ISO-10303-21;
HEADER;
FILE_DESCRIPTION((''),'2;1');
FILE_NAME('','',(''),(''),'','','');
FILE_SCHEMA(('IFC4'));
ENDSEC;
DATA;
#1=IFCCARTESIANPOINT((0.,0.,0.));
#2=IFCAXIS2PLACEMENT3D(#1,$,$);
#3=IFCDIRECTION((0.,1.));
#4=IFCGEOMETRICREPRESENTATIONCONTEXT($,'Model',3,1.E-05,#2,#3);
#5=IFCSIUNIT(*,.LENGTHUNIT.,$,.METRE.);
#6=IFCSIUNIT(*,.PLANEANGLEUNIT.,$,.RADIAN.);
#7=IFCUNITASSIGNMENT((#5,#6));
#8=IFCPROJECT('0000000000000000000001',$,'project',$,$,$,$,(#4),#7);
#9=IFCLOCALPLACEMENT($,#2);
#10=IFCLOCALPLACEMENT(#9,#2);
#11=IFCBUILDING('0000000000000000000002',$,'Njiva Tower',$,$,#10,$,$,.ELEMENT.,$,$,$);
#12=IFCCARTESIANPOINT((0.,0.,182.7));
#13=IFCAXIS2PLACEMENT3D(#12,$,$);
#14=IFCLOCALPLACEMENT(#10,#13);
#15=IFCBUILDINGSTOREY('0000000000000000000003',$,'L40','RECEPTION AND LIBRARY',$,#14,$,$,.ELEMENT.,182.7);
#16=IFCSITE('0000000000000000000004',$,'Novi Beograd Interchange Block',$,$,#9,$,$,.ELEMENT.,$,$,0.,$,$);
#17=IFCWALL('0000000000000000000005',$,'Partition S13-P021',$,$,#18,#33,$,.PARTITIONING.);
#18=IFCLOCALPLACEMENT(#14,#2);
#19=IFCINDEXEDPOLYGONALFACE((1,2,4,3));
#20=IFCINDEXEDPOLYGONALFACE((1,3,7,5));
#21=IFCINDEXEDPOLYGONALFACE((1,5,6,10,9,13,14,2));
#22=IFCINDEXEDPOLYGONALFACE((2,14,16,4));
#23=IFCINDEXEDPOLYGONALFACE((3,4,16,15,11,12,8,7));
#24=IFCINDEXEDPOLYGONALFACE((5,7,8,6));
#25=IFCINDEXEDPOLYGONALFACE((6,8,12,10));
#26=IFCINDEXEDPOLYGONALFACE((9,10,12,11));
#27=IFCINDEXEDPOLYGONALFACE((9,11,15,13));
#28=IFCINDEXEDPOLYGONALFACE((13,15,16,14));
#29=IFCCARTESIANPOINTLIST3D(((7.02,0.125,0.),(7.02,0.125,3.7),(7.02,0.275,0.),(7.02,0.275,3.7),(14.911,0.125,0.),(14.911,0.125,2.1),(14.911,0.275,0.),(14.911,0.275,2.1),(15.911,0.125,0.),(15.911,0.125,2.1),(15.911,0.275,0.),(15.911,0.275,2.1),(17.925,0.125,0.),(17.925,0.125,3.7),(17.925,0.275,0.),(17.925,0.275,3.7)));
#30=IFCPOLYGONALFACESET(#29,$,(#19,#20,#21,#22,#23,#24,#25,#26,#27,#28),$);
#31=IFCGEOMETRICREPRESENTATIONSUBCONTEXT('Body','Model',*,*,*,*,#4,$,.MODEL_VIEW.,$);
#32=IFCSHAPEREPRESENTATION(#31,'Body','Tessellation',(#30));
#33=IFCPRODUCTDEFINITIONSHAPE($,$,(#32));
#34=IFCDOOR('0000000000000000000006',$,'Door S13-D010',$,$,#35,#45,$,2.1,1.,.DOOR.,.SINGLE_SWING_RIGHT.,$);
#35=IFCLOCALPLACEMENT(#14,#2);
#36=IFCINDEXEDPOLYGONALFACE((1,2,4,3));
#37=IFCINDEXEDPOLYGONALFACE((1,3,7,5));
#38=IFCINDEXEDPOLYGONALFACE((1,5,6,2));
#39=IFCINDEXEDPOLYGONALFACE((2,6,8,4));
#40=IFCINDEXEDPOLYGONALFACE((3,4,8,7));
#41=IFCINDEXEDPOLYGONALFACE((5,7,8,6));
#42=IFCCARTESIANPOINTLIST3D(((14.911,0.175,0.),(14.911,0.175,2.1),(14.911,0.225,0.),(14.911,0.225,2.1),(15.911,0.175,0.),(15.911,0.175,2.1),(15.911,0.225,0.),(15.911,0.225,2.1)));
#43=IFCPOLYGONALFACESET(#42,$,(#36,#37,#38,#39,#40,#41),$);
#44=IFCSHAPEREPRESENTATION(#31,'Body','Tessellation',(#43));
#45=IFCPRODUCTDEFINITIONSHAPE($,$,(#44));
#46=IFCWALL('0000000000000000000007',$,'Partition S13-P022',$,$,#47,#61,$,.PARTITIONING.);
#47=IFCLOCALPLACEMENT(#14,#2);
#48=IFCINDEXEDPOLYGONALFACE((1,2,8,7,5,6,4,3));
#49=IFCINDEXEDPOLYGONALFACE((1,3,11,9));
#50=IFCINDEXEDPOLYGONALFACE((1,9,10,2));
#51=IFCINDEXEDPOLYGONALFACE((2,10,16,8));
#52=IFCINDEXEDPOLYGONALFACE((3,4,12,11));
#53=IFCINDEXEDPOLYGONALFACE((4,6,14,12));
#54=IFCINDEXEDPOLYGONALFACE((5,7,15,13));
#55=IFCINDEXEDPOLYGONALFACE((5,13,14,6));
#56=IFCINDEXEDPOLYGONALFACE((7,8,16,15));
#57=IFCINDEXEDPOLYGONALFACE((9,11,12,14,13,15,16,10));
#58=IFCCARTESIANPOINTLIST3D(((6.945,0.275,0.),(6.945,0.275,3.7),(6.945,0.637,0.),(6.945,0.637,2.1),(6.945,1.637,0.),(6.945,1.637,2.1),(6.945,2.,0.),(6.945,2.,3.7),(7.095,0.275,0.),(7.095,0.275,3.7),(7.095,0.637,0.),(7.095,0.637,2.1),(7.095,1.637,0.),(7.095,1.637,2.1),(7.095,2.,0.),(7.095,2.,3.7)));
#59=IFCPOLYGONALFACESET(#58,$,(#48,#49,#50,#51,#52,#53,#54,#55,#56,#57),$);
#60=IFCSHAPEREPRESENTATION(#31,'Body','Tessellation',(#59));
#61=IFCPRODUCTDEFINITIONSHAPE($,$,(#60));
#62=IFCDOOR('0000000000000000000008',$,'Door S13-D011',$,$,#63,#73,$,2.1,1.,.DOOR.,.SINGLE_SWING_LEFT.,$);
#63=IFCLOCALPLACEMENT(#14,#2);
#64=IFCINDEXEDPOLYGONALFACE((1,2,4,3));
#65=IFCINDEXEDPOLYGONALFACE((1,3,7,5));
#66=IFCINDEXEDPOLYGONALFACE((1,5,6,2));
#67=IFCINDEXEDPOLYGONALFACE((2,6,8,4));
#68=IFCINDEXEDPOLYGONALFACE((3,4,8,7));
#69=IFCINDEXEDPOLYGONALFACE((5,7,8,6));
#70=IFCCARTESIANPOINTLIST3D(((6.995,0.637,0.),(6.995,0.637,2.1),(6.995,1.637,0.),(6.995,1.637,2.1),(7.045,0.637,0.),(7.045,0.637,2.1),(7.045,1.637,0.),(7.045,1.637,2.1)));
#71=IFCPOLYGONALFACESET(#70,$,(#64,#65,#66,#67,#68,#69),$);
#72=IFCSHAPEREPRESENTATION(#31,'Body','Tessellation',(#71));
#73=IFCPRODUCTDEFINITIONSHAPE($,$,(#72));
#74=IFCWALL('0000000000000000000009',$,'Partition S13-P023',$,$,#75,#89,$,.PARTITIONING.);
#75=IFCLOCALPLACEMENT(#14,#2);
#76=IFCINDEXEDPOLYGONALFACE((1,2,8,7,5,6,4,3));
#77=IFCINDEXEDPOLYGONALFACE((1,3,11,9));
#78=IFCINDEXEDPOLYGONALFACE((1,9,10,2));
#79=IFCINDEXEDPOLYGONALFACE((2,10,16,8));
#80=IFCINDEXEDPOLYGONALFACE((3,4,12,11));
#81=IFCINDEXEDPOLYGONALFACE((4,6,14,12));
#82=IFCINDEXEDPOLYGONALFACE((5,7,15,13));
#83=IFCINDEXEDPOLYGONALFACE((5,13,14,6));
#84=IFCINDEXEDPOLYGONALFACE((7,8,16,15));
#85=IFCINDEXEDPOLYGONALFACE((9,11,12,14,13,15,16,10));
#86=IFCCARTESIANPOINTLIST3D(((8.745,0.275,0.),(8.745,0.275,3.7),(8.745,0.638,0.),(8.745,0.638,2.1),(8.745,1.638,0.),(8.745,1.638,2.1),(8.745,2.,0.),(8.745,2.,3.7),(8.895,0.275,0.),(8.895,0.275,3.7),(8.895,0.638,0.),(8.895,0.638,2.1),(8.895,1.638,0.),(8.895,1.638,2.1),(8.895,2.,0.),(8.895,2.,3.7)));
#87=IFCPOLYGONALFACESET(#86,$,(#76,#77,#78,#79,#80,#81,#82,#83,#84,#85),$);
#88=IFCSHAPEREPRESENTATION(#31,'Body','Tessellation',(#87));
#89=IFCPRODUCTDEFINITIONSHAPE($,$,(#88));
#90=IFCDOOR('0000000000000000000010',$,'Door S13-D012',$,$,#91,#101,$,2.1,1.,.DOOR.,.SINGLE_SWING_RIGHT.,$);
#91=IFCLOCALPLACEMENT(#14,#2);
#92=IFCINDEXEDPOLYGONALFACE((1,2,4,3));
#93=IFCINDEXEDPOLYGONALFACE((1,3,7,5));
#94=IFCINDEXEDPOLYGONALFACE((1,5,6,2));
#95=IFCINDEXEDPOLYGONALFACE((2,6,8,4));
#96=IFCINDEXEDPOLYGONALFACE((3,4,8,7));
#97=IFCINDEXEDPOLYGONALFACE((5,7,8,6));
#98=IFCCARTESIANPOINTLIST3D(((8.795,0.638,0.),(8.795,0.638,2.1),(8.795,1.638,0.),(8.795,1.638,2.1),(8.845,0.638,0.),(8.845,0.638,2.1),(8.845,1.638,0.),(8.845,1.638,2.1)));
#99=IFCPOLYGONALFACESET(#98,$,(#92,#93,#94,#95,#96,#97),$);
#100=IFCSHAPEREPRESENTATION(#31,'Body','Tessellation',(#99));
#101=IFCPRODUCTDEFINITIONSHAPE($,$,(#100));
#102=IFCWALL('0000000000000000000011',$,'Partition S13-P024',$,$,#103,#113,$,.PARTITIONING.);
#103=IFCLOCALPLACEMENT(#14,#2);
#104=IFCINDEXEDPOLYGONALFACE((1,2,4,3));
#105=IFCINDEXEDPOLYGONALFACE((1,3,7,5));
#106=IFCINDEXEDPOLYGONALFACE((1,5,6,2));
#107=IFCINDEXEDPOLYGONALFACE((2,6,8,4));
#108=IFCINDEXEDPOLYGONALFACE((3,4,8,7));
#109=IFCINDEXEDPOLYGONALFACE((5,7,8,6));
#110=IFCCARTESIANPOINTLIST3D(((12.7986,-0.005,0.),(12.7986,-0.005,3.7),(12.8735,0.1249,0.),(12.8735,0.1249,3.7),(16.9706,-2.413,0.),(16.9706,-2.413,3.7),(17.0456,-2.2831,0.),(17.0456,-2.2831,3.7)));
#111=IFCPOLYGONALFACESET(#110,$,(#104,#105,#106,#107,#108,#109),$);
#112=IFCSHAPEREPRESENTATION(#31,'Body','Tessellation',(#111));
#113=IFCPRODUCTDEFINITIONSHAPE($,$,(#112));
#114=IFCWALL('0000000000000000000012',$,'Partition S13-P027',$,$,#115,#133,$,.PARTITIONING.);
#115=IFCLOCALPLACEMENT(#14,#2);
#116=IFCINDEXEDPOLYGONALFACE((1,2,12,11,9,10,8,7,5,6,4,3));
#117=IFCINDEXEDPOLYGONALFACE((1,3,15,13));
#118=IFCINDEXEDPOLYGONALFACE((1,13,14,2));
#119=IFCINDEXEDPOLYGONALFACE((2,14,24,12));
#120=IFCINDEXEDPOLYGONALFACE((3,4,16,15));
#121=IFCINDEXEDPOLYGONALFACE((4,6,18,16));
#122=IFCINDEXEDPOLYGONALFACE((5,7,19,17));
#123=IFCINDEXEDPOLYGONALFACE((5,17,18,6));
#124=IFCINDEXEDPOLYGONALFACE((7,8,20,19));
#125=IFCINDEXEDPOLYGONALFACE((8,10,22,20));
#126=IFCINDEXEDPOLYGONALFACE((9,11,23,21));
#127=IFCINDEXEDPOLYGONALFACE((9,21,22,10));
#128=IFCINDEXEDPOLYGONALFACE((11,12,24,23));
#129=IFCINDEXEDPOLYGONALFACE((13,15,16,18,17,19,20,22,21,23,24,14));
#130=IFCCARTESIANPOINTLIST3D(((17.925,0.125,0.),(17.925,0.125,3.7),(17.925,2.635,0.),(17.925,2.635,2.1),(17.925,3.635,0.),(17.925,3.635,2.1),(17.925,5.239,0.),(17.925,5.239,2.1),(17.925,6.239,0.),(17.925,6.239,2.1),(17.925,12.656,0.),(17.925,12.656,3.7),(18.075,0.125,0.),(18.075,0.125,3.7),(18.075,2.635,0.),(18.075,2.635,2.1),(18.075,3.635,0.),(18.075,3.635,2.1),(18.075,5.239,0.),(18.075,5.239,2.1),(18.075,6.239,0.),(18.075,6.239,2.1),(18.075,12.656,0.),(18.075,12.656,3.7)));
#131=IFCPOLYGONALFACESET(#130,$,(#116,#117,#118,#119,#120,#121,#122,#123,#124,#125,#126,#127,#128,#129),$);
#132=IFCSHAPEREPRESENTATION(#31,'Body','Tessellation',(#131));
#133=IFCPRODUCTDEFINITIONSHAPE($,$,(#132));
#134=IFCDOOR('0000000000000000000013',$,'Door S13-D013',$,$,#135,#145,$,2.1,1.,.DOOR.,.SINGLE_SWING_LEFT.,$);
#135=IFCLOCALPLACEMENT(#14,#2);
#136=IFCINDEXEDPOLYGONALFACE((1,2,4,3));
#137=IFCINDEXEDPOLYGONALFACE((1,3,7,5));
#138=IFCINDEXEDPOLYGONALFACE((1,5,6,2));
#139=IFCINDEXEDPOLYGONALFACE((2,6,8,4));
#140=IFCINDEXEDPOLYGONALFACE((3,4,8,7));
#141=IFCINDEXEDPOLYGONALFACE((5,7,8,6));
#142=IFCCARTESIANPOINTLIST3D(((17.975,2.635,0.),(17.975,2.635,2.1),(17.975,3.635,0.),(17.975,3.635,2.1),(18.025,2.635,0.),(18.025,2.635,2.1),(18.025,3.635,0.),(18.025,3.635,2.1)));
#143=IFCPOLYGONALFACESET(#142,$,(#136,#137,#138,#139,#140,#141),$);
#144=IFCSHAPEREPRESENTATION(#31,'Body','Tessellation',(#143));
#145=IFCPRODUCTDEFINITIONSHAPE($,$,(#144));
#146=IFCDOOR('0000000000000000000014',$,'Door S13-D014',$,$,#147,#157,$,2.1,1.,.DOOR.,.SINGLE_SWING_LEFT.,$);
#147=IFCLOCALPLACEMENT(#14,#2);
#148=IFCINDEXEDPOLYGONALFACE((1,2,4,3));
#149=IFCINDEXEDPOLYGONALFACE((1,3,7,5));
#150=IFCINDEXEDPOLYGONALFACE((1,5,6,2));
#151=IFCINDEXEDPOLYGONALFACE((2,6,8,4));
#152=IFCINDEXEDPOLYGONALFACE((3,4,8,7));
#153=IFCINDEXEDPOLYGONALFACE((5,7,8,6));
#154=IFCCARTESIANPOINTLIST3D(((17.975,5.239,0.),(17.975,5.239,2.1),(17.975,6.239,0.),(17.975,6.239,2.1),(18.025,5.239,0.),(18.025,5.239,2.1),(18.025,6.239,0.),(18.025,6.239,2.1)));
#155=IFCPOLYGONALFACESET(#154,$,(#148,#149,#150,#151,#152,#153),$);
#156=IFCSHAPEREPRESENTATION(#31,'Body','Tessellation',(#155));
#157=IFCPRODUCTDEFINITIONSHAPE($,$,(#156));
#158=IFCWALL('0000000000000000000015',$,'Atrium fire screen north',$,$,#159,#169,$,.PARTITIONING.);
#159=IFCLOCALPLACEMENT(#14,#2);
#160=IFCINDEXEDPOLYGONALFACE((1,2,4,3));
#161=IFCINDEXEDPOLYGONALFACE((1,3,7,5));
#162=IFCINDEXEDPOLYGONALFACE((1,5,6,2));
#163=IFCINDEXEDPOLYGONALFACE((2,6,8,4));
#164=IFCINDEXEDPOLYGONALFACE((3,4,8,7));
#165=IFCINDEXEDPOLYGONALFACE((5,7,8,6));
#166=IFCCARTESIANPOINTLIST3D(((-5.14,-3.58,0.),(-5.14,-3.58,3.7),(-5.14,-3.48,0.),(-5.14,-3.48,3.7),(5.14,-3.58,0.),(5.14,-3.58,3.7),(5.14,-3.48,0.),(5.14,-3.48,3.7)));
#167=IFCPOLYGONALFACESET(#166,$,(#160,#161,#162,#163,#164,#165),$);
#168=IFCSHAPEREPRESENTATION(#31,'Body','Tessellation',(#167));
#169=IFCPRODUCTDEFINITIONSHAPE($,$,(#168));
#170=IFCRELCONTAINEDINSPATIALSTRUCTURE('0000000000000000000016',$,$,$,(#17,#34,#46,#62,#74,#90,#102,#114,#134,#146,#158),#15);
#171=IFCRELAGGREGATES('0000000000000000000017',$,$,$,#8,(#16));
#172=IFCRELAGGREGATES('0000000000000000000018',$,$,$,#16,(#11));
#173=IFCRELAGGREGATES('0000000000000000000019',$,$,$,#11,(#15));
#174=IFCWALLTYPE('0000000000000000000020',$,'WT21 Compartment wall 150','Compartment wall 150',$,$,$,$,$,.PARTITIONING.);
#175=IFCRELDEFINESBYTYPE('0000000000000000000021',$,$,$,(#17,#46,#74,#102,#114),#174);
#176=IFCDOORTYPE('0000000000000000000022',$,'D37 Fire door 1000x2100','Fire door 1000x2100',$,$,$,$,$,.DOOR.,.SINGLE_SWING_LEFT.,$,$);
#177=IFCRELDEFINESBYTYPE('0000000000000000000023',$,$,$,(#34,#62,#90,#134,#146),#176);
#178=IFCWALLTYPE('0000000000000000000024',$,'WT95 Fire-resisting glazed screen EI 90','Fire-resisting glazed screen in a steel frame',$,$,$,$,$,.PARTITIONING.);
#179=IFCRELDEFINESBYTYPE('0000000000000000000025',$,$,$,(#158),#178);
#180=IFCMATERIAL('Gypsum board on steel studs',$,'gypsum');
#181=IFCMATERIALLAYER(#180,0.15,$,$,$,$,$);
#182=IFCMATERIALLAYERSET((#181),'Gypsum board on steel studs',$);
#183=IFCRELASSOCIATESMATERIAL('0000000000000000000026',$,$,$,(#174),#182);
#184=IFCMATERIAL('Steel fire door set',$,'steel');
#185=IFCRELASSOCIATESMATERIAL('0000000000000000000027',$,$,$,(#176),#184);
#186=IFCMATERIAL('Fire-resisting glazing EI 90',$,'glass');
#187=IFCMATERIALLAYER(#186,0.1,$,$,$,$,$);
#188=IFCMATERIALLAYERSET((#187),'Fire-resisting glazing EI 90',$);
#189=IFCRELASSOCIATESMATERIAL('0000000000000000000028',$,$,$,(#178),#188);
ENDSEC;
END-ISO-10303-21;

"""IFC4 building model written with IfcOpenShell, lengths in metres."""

from ifc_helpers import new_model, si_unit, direction, frame, frame_2d, origin, place, context, subcontext, project, spatial, rectangle, extrude, material, layer, layer_set, type_object, element, fill, save


model = new_model("IFC4")

# Units and contexts
model_context = context("Model", 3, precision=1e-05, world=origin(), true_north=direction((0.0, 1.0)))
body_context = subcontext(model_context, "Body", "Model", "MODEL_VIEW")
ifc_project = project(units=[si_unit("LENGTHUNIT", "METRE"), si_unit("PLANEANGLEUNIT", "RADIAN")], contexts=[model_context])

# Site, building, storey
site_placement = place(None, origin())
site = spatial("IfcSite", under=ifc_project, at=site_placement, Name="Novi Beograd Interchange Block", CompositionType="ELEMENT", RefElevation=0.0)
building_placement = place(site_placement, origin())
building = spatial("IfcBuilding", under=site, at=building_placement, Name="Njiva Tower", CompositionType="ELEMENT")
storey_placement = place(building_placement, frame((0.0, 0.0, 182.7)))
storey = spatial("IfcBuildingStorey", under=building, at=storey_placement, Name="L40", Description="RECEPTION AND LIBRARY", CompositionType="ELEMENT", Elevation=182.7)

# Shared definitions
ifc_material_1 = material(Name="Gypsum board on steel studs", Category="gypsum")
ifc_layer_1 = layer(ifc_material_1, 0.15)
ifc_layer_set_1 = layer_set([ifc_layer_1], Name="Gypsum board on steel studs")
wall_type_1 = type_object("IfcWallType", Name="WT21 Compartment wall 150", Description="Compartment wall 150", PredefinedType="PARTITIONING", material=ifc_layer_set_1)

# Walls, openings, doors
wall_1_placement = place(storey_placement, frame((7.02, 0.2, 0.0), z_axis=(0.0, 0.0, 1.0), x_axis=(1.0, 0.0, 0.0)))
wall_1 = element("IfcWall", 1, at=wall_1_placement, inside=storey, type_object=wall_type_1, Name="Partition S13-P021", PredefinedType="PARTITIONING", context=body_context, shape_type="SweptSolid", body=[
    extrude(rectangle(XDim=10.905, YDim=0.15, at=frame_2d((5.4525, 0.0))), origin(), (0.0, 0.0, 1.0), 3.7),
])
opening_1_placement = place(wall_1_placement, frame((7.891, 0.0, 0.0)))
opening_1 = element("IfcOpeningElement", 2, at=opening_1_placement, cuts=wall_1, PredefinedType="OPENING", context=body_context, shape_type="SweptSolid", body=[
    extrude(rectangle(XDim=1.0, YDim=2.1, at=frame_2d((0.5, 1.05))), frame((0.0, 0.085, 0.0), z_axis=(0.0, -1.0, 0.0), x_axis=(1.0, 0.0, 0.0)), (0.0, 0.0, 1.0), 0.17),
])
ifc_material_2 = material(Name="Steel fire door set", Category="steel")
door_type = type_object("IfcDoorType", Name="D37 Fire door 1000x2100", Description="Fire door 1000x2100", OperationType="SINGLE_SWING_LEFT", PredefinedType="DOOR", material=ifc_material_2)
door_1_placement = place(opening_1_placement, origin())
door_1 = element("IfcDoor", 3, at=door_1_placement, inside=storey, type_object=door_type, Name="Door S13-D010", OperationType="SINGLE_SWING_RIGHT", OverallHeight=2.1, OverallWidth=1.0, PredefinedType="DOOR", context=body_context, shape_type="SweptSolid", body=[
    extrude(rectangle(XDim=1.0, YDim=2.1, at=frame_2d((0.5, 1.05))), frame((0.0, 0.025, 0.0), z_axis=(0.0, -1.0, 0.0), x_axis=(1.0, 0.0, 0.0)), (0.0, 0.0, 1.0), 0.05),
])
fill(opening_1, door_1)
wall_2_placement = place(storey_placement, frame((7.02, 0.275, 0.0), z_axis=(0.0, 0.0, 1.0), x_axis=(0.0, 1.0, 0.0)))
wall_2 = element("IfcWall", 4, at=wall_2_placement, inside=storey, type_object=wall_type_1, Name="Partition S13-P022", PredefinedType="PARTITIONING", context=body_context, shape_type="SweptSolid", body=[
    extrude(rectangle(XDim=1.725, YDim=0.15, at=frame_2d((0.8625, 0.0))), origin(), (0.0, 0.0, 1.0), 3.7),
])
opening_2_placement = place(wall_2_placement, frame((0.362, 0.0, 0.0)))
opening_2 = element("IfcOpeningElement", 5, at=opening_2_placement, cuts=wall_2, PredefinedType="OPENING", context=body_context, shape_type="SweptSolid", body=[
    extrude(rectangle(XDim=1.0, YDim=2.1, at=frame_2d((0.5, 1.05))), frame((0.0, 0.085, 0.0), z_axis=(0.0, -1.0, 0.0), x_axis=(1.0, 0.0, 0.0)), (0.0, 0.0, 1.0), 0.17),
])
door_2_placement = place(opening_2_placement, origin())
door_2 = element("IfcDoor", 6, at=door_2_placement, inside=storey, type_object=door_type, Name="Door S13-D011", OperationType="SINGLE_SWING_LEFT", OverallHeight=2.1, OverallWidth=1.0, PredefinedType="DOOR", context=body_context, shape_type="SweptSolid", body=[
    extrude(rectangle(XDim=1.0, YDim=2.1, at=frame_2d((0.5, 1.05))), frame((0.0, 0.025, 0.0), z_axis=(0.0, -1.0, 0.0), x_axis=(1.0, 0.0, 0.0)), (0.0, 0.0, 1.0), 0.05),
])
fill(opening_2, door_2)
wall_3_placement = place(storey_placement, frame((8.82, 0.275, 0.0), z_axis=(0.0, 0.0, 1.0), x_axis=(0.0, 1.0, 0.0)))
wall_3 = element("IfcWall", 7, at=wall_3_placement, inside=storey, type_object=wall_type_1, Name="Partition S13-P023", PredefinedType="PARTITIONING", context=body_context, shape_type="SweptSolid", body=[
    extrude(rectangle(XDim=1.725, YDim=0.15, at=frame_2d((0.8625, 0.0))), origin(), (0.0, 0.0, 1.0), 3.7),
])
opening_3_placement = place(wall_3_placement, frame((0.363, 0.0, 0.0)))
opening_3 = element("IfcOpeningElement", 8, at=opening_3_placement, cuts=wall_3, PredefinedType="OPENING", context=body_context, shape_type="SweptSolid", body=[
    extrude(rectangle(XDim=1.0, YDim=2.1, at=frame_2d((0.5, 1.05))), frame((0.0, 0.085, 0.0), z_axis=(0.0, -1.0, 0.0), x_axis=(1.0, 0.0, 0.0)), (0.0, 0.0, 1.0), 0.17),
])
door_3_placement = place(opening_3_placement, origin())
door_3 = element("IfcDoor", 9, at=door_3_placement, inside=storey, type_object=door_type, Name="Door S13-D012", OperationType="SINGLE_SWING_RIGHT", OverallHeight=2.1, OverallWidth=1.0, PredefinedType="DOOR", context=body_context, shape_type="SweptSolid", body=[
    extrude(rectangle(XDim=1.0, YDim=2.1, at=frame_2d((0.5, 1.05))), frame((0.0, 0.025, 0.0), z_axis=(0.0, -1.0, 0.0), x_axis=(1.0, 0.0, 0.0)), (0.0, 0.0, 1.0), 0.05),
])
fill(opening_3, door_3)

# Wall
wall_4_placement = place(storey_placement, frame((12.836, 0.06, 0.0), z_axis=(0.0, 0.0, 1.0), x_axis=(0.866089, -0.49989, 0.0)))
element("IfcWall", 10, at=wall_4_placement, inside=storey, type_object=wall_type_1, Name="Partition S13-P024", PredefinedType="PARTITIONING", context=body_context, shape_type="SweptSolid", body=[
    extrude(rectangle(XDim=4.8171, YDim=0.15, at=frame_2d((2.4086, 0.0))), origin(), (0.0, 0.0, 1.0), 3.7),
])

# Wall, openings, doors
wall_5_placement = place(storey_placement, frame((18.0, 0.125, 0.0), z_axis=(0.0, 0.0, 1.0), x_axis=(0.0, 1.0, 0.0)))
wall_5 = element("IfcWall", 11, at=wall_5_placement, inside=storey, type_object=wall_type_1, Name="Partition S13-P027", PredefinedType="PARTITIONING", context=body_context, shape_type="SweptSolid", body=[
    extrude(rectangle(XDim=12.531, YDim=0.15, at=frame_2d((6.2655, 0.0))), origin(), (0.0, 0.0, 1.0), 3.7),
])
opening_4_placement = place(wall_5_placement, frame((2.51, 0.0, 0.0)))
opening_4 = element("IfcOpeningElement", 12, at=opening_4_placement, cuts=wall_5, PredefinedType="OPENING", context=body_context, shape_type="SweptSolid", body=[
    extrude(rectangle(XDim=1.0, YDim=2.1, at=frame_2d((0.5, 1.05))), frame((0.0, 0.085, 0.0), z_axis=(0.0, -1.0, 0.0), x_axis=(1.0, 0.0, 0.0)), (0.0, 0.0, 1.0), 0.17),
])
opening_5_placement = place(wall_5_placement, frame((5.114, 0.0, 0.0)))
opening_5 = element("IfcOpeningElement", 13, at=opening_5_placement, cuts=wall_5, PredefinedType="OPENING", context=body_context, shape_type="SweptSolid", body=[
    extrude(rectangle(XDim=1.0, YDim=2.1, at=frame_2d((0.5, 1.05))), frame((0.0, 0.085, 0.0), z_axis=(0.0, -1.0, 0.0), x_axis=(1.0, 0.0, 0.0)), (0.0, 0.0, 1.0), 0.17),
])
door_4_placement = place(opening_4_placement, origin())
door_4 = element("IfcDoor", 14, at=door_4_placement, inside=storey, type_object=door_type, Name="Door S13-D013", OperationType="SINGLE_SWING_LEFT", OverallHeight=2.1, OverallWidth=1.0, PredefinedType="DOOR", context=body_context, shape_type="SweptSolid", body=[
    extrude(rectangle(XDim=1.0, YDim=2.1, at=frame_2d((0.5, 1.05))), frame((0.0, 0.025, 0.0), z_axis=(0.0, -1.0, 0.0), x_axis=(1.0, 0.0, 0.0)), (0.0, 0.0, 1.0), 0.05),
])
fill(opening_4, door_4)
door_5_placement = place(opening_5_placement, origin())
door_5 = element("IfcDoor", 15, at=door_5_placement, inside=storey, type_object=door_type, Name="Door S13-D014", OperationType="SINGLE_SWING_LEFT", OverallHeight=2.1, OverallWidth=1.0, PredefinedType="DOOR", context=body_context, shape_type="SweptSolid", body=[
    extrude(rectangle(XDim=1.0, YDim=2.1, at=frame_2d((0.5, 1.05))), frame((0.0, 0.025, 0.0), z_axis=(0.0, -1.0, 0.0), x_axis=(1.0, 0.0, 0.0)), (0.0, 0.0, 1.0), 0.05),
])
fill(opening_5, door_5)

# Wall
ifc_material_3 = material(Name="Fire-resisting glazing EI 90", Category="glass")
ifc_layer_2 = layer(ifc_material_3, 0.1)
ifc_layer_set_2 = layer_set([ifc_layer_2], Name="Fire-resisting glazing EI 90")
wall_type_2 = type_object("IfcWallType", Name="WT95 Fire-resisting glazed screen EI 90", Description="Fire-resisting glazed screen in a steel frame", PredefinedType="PARTITIONING", material=ifc_layer_set_2)
wall_6_placement = place(storey_placement, frame((5.14, -3.53, 0.0), z_axis=(0.0, 0.0, 1.0), x_axis=(-1.0, 0.0, 0.0)))
element("IfcWall", 16, at=wall_6_placement, inside=storey, type_object=wall_type_2, Name="Atrium fire screen north", PredefinedType="PARTITIONING", context=body_context, shape_type="SweptSolid", body=[
    extrude(rectangle(XDim=10.28, YDim=0.1, at=frame_2d((5.14, 0.0))), origin(), (0.0, 0.0, 1.0), 3.7),
])

save(model, "model.ifc")
